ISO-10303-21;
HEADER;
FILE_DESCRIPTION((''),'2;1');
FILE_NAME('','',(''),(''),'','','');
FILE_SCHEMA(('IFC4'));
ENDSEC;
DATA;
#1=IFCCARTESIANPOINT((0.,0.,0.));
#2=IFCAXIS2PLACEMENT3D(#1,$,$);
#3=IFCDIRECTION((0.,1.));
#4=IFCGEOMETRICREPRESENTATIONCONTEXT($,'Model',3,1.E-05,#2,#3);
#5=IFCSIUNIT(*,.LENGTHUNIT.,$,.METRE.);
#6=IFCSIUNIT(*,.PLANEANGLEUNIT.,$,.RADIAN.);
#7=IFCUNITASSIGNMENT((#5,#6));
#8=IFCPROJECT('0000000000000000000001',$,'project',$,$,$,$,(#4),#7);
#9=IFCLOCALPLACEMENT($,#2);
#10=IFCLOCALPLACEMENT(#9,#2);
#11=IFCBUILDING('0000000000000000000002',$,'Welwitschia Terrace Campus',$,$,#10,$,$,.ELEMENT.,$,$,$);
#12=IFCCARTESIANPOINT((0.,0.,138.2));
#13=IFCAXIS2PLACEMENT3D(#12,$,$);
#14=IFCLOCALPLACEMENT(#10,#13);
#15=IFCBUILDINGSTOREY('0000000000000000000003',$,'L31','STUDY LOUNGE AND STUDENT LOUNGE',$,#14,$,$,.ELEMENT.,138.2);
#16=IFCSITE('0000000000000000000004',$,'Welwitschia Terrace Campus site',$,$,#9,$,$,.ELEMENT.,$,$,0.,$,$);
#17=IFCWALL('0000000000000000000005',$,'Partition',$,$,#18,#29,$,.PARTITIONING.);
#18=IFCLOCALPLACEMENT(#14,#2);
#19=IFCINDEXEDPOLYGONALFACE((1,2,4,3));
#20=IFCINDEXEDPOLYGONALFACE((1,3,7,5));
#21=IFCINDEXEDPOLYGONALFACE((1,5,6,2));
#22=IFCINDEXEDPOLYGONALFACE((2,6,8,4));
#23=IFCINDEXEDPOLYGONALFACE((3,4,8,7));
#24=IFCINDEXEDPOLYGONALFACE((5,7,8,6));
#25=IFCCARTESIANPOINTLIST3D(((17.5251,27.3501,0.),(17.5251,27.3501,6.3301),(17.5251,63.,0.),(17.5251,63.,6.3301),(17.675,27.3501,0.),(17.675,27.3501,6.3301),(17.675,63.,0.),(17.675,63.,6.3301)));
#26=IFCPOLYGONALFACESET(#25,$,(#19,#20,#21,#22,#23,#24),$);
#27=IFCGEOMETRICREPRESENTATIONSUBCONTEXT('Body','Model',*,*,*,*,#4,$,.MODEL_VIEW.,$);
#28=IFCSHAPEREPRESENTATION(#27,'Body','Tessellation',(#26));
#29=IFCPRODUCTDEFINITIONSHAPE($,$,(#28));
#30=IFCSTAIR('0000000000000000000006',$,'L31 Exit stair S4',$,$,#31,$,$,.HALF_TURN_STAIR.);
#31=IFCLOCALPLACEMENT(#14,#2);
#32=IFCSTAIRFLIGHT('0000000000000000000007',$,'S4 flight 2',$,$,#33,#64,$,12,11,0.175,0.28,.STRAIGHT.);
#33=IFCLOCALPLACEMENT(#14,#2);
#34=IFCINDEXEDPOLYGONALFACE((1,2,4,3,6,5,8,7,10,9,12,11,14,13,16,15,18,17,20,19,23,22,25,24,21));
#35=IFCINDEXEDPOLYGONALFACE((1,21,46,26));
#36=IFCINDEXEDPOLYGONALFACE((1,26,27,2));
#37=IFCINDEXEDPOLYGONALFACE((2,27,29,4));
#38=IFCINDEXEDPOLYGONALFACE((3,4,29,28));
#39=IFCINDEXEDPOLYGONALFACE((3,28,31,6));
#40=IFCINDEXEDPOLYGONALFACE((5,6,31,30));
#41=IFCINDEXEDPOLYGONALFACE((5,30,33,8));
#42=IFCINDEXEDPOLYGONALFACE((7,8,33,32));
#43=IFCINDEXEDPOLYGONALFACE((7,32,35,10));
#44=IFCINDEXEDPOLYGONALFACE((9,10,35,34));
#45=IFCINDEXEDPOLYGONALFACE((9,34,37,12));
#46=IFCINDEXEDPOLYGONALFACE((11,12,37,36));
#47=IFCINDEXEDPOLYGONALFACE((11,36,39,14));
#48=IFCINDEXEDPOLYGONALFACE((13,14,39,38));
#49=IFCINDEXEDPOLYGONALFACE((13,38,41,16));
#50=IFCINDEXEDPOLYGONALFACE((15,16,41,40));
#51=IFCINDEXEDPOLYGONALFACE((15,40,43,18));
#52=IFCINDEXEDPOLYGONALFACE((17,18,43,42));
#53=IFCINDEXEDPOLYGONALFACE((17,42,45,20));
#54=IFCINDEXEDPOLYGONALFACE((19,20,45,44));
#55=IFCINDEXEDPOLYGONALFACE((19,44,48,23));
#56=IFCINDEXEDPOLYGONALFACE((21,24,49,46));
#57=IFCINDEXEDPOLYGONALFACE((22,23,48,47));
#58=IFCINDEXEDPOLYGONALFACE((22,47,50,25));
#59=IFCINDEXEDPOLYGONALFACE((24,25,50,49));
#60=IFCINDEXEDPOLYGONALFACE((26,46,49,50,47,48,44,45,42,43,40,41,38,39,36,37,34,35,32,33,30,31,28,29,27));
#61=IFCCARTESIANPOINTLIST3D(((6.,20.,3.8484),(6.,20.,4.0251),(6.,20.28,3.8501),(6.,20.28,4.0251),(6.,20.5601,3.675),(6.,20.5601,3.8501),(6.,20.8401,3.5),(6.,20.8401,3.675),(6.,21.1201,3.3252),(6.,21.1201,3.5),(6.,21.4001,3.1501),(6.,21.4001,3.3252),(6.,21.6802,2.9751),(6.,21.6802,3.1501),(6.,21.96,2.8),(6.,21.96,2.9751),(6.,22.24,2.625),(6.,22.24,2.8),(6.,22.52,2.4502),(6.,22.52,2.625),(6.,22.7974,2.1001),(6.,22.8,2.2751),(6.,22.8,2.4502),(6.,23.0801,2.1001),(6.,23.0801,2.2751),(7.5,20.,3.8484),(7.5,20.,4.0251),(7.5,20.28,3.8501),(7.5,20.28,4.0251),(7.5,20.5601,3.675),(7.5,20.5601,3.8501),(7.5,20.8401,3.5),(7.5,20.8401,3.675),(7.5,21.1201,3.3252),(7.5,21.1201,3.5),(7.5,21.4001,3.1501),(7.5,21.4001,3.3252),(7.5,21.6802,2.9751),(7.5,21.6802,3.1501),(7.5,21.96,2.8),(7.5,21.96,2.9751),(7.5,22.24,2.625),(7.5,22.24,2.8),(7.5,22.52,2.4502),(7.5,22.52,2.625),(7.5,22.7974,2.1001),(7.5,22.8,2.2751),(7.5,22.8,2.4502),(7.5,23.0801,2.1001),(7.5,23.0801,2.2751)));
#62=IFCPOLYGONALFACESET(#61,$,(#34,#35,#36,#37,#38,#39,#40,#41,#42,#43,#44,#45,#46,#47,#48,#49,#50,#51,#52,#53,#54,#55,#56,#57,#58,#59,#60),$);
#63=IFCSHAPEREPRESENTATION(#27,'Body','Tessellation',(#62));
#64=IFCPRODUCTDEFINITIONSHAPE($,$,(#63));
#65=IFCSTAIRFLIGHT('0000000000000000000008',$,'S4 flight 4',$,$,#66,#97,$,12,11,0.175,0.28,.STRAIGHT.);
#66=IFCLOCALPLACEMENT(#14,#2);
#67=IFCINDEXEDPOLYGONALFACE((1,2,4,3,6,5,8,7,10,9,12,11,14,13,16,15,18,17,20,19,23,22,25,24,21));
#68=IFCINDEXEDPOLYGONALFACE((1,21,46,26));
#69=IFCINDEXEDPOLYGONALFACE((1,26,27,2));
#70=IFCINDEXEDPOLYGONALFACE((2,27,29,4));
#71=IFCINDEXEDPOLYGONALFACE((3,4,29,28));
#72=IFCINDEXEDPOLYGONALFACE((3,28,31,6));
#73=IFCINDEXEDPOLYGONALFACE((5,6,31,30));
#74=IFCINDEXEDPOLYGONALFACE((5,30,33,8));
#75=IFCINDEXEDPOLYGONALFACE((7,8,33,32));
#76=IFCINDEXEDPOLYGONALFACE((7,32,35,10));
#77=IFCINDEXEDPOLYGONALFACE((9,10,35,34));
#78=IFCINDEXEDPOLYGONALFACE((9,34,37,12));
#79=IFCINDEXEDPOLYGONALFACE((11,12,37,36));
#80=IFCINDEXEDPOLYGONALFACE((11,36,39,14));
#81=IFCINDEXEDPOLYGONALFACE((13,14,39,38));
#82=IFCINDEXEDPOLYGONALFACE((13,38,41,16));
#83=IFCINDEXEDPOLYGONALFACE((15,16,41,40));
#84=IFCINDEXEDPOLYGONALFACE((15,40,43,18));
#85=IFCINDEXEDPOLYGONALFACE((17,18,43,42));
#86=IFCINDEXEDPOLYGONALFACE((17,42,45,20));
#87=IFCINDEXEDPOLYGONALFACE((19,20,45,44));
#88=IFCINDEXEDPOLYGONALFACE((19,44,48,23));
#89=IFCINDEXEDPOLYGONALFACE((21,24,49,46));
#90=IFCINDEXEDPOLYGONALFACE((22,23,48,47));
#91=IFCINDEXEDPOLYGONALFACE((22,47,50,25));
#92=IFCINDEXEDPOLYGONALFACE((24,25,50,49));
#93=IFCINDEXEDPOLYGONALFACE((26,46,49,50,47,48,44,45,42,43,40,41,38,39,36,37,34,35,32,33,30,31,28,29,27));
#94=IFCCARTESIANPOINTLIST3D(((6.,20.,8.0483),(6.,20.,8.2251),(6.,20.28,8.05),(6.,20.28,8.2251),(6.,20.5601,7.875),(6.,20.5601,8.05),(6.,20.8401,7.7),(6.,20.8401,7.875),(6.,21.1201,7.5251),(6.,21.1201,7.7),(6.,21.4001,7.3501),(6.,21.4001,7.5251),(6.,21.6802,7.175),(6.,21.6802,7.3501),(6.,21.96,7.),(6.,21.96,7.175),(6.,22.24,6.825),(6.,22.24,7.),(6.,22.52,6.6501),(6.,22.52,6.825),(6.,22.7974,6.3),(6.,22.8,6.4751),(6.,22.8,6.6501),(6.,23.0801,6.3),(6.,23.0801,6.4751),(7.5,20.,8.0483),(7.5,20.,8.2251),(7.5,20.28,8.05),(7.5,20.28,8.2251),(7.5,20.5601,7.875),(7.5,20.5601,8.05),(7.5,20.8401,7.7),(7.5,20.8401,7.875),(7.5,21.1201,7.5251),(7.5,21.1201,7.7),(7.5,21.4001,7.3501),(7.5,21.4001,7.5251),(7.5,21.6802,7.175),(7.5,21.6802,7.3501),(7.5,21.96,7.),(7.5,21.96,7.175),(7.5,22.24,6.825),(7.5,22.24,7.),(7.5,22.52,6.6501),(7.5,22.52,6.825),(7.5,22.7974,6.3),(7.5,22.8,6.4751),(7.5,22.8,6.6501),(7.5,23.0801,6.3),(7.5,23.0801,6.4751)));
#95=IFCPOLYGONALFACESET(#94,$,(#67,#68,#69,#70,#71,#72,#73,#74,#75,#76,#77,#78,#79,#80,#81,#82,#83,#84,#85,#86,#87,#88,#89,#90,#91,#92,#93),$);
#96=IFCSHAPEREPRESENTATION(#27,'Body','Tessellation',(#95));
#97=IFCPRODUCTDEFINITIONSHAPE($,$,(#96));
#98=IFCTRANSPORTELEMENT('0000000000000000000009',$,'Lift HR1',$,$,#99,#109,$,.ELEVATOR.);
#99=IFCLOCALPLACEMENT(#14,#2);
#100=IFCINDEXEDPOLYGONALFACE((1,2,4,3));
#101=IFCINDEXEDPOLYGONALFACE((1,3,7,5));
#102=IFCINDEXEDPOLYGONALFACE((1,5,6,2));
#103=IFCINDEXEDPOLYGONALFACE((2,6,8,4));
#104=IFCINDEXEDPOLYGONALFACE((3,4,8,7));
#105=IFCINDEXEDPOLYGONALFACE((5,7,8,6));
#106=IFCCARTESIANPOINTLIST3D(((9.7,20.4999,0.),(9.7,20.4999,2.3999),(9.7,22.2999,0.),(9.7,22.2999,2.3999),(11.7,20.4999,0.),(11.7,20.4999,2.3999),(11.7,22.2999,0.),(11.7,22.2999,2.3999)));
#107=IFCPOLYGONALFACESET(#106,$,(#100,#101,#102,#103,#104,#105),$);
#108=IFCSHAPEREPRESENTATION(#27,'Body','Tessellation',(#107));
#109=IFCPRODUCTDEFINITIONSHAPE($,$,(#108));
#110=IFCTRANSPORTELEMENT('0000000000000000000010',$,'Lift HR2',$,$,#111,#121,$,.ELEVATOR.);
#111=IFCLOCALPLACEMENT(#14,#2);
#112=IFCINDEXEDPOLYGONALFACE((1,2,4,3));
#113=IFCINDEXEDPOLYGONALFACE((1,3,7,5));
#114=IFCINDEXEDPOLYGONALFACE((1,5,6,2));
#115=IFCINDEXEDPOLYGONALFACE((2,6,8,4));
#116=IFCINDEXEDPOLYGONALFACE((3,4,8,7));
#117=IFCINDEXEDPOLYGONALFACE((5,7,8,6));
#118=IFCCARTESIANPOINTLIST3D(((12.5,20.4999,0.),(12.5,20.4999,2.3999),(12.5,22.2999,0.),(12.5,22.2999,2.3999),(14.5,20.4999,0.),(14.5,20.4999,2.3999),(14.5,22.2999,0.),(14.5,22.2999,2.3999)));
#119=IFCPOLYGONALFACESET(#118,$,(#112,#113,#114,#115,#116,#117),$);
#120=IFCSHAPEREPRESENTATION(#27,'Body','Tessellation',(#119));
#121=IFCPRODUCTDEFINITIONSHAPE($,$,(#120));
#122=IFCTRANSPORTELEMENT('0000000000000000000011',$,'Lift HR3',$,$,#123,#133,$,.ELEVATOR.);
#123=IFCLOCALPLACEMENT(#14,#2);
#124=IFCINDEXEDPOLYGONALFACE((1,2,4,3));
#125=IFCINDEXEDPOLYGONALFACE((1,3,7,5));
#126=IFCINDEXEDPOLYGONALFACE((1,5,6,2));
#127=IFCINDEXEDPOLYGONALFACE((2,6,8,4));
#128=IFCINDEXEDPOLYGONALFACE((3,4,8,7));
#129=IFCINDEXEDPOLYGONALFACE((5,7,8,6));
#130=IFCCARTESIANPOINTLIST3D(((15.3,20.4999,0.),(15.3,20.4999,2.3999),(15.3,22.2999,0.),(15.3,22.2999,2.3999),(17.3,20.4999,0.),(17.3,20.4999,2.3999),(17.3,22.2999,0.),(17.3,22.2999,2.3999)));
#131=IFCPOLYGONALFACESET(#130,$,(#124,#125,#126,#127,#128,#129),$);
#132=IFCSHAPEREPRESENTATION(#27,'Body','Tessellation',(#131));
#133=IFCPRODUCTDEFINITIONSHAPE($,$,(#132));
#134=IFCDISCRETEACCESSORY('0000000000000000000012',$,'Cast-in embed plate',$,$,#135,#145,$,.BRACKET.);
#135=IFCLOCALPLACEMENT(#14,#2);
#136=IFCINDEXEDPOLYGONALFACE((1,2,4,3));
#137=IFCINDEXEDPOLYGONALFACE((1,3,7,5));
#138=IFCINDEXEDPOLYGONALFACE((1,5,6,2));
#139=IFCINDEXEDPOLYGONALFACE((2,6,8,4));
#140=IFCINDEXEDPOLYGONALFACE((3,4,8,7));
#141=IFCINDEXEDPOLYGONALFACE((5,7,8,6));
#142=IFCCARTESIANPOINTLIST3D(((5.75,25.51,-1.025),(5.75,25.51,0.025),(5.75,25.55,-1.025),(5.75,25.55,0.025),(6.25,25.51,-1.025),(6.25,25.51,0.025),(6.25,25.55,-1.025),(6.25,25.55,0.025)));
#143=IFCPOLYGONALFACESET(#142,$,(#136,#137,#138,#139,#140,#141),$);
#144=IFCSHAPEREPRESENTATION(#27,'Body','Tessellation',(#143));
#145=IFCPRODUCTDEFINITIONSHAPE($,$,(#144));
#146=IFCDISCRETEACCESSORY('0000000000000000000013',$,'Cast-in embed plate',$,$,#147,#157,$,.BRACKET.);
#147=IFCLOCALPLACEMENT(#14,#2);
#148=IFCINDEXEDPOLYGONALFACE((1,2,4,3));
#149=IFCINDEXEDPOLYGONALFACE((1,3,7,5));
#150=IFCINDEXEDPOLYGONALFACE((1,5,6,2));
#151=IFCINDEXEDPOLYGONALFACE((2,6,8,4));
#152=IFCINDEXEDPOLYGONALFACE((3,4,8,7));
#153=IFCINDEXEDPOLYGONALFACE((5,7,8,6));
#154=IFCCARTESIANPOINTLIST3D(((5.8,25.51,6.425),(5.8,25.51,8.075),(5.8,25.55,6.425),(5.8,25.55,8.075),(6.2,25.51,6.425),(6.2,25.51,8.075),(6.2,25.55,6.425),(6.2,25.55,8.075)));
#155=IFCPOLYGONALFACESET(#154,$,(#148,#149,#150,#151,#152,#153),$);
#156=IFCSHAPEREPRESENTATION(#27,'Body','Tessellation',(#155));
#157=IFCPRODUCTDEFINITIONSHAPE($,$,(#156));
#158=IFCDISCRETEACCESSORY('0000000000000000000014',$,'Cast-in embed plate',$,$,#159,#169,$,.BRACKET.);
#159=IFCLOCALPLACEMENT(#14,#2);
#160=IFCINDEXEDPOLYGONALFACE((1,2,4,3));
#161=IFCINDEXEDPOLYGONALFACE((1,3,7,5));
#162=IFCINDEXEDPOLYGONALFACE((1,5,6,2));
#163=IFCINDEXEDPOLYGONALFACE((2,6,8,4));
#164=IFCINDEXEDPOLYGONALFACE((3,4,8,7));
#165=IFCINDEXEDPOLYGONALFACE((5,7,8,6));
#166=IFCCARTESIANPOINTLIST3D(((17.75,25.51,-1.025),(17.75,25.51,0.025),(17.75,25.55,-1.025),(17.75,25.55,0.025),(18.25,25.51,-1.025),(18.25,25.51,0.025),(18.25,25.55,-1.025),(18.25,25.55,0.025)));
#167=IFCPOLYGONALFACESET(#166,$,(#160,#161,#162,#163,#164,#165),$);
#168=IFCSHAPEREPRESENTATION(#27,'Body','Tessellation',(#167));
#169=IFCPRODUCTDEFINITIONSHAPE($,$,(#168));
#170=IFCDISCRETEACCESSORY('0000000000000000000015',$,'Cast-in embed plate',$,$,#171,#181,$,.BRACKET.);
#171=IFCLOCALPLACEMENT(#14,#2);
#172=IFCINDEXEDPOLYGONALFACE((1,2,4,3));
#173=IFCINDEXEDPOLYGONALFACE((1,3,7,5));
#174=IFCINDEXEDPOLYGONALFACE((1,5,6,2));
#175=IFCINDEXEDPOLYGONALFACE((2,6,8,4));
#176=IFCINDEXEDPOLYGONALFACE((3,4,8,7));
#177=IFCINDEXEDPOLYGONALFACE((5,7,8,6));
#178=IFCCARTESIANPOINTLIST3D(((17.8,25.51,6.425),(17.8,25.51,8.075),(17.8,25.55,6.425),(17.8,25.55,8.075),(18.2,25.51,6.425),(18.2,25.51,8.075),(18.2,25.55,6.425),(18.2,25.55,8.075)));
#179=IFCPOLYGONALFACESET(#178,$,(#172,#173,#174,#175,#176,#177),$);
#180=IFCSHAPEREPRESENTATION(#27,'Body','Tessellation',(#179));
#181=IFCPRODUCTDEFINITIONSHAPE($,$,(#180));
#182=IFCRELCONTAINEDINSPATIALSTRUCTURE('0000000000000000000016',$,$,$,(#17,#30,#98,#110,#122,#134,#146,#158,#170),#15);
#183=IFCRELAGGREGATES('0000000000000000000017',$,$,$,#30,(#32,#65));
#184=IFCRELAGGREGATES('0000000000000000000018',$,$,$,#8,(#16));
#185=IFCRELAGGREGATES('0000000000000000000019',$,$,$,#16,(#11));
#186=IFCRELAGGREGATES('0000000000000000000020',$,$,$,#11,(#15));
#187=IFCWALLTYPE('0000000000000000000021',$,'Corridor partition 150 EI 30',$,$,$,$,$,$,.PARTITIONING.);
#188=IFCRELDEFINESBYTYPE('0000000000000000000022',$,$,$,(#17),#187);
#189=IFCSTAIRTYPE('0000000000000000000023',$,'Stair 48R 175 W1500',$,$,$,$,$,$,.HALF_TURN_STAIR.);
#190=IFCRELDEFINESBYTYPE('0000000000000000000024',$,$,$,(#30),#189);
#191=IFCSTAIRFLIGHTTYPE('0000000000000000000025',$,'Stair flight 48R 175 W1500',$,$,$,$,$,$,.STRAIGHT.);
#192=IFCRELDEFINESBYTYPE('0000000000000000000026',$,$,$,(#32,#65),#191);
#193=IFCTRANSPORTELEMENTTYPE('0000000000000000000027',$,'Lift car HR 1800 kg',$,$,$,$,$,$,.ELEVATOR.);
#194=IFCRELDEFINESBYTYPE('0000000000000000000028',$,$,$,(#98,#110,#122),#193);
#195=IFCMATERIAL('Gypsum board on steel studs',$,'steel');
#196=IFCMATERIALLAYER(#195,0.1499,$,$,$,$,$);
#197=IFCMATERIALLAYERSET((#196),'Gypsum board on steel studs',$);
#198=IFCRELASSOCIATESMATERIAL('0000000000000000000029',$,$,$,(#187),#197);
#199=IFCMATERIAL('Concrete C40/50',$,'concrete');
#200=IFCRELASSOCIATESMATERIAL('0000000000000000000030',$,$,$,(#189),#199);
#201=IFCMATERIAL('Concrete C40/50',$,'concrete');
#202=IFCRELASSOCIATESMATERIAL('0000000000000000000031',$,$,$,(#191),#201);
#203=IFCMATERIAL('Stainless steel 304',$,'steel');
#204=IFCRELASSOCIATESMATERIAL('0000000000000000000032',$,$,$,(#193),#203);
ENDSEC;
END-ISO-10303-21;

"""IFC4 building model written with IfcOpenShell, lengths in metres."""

from ifc_helpers import new_model, si_unit, direction, frame, frame_2d, origin, origin_2d, place, context, subcontext, project, spatial, polyline, rectangle, outline, extrude, material, layer, layer_set, type_object, element, aggregate, save


model = new_model("IFC4")

# Units and contexts
model_context = context("Model", 3, precision=1e-05, world=origin(), true_north=direction((0.0, 1.0)))
body_context = subcontext(model_context, "Body", "Model", "MODEL_VIEW")
ifc_project = project(units=[si_unit("LENGTHUNIT", "METRE"), si_unit("PLANEANGLEUNIT", "RADIAN")], contexts=[model_context])

# Site, building, storey
site_placement = place(None, origin())
site = spatial("IfcSite", under=ifc_project, at=site_placement, Name="Welwitschia Terrace Campus site", CompositionType="ELEMENT", RefElevation=0.0)
building_placement = place(site_placement, origin())
building = spatial("IfcBuilding", under=site, at=building_placement, Name="Welwitschia Terrace Campus", CompositionType="ELEMENT")
storey_placement = place(building_placement, frame((0.0, 0.0, 138.2)))
storey = spatial("IfcBuildingStorey", under=building, at=storey_placement, Name="L31", Description="STUDY LOUNGE AND STUDENT LOUNGE", CompositionType="ELEMENT", Elevation=138.2)

# Shared definitions
ifc_material_1 = material(Name="Gypsum board on steel studs", Category="steel")
ifc_layer_1 = layer(ifc_material_1, 0.1499)
ifc_layer_set_1 = layer_set([ifc_layer_1], Name="Gypsum board on steel studs")
wall_type_1 = type_object("IfcWallType", Name="Corridor partition 150 EI 30", PredefinedType="PARTITIONING", material=ifc_layer_set_1)

# Wall
wall_1_placement = place(storey_placement, frame((17.6001, 27.3501, 0.0), z_axis=(0.0, 0.0, 1.0), x_axis=(0.0, 1.0, 0.0)))
element("IfcWall", 1, at=wall_1_placement, inside=storey, type_object=wall_type_1, Name="Partition", PredefinedType="PARTITIONING", context=body_context, shape_type="SweptSolid", body=[
    extrude(rectangle(XDim=35.6499, YDim=0.1499, at=frame_2d((17.825, 0.0))), origin(), (0.0, 0.0, 1.0), 6.3301),
])

# Stair, stair flights
ifc_material_2 = material(Name="Concrete C40/50", Category="concrete")
stair_type = type_object("IfcStairType", Name="Stair 48R 175 W1500", PredefinedType="HALF_TURN_STAIR", material=ifc_material_2)
stair_placement = place(storey_placement, origin())
stair = element("IfcStair", 2, at=stair_placement, inside=storey, type_object=stair_type, Name="L31 Exit stair S4", PredefinedType="HALF_TURN_STAIR")
ifc_material_3 = material(Name="Concrete C40/50", Category="concrete")
stair_flight_type = type_object("IfcStairFlightType", Name="Stair flight 48R 175 W1500", PredefinedType="STRAIGHT", material=ifc_material_3)
stair_flight_1_placement = place(storey_placement, frame((6.75, 23.0801, 2.1001), z_axis=(0.0, 0.0, 1.0), x_axis=(0.0, -1.0, 0.0)))
stair_flight_1 = element("IfcStairFlight", 3, at=stair_flight_1_placement, type_object=stair_flight_type, Name="S4 flight 2", NumberOfRisers=12, NumberOfTreads=11, PredefinedType="STRAIGHT", RiserHeight=0.175, TreadLength=0.28, context=body_context, shape_type="SweptSolid", body=[
    extrude(outline(polyline([(0.0, 0.0), (0.0, 0.175), (0.28, 0.175), (0.28, 0.3501), (0.5601, 0.3501), (0.5601, 0.5249), (0.8401, 0.5249), (0.8401, 0.7), (1.1201, 0.7), (1.1201, 0.875), (1.3999, 0.875), (1.3999, 1.05), (1.6799, 1.05), (1.6799, 1.2251), (1.96, 1.2251), (1.96, 1.3999), (2.24, 1.3999), (2.24, 1.575), (2.52, 1.575), (2.52, 1.75), (2.8, 1.75), (2.8, 1.925), (3.0801, 1.925), (3.0801, 2.1001), (3.0801, 1.7483), (0.2827, 0.0), (0.0, 0.0)])), frame((0.0, 0.75, 0.0), z_axis=(0.0, -1.0, 0.0), x_axis=(1.0, 0.0, 0.0)), (0.0, 0.0, 1.0), 1.5),
])
stair_flight_2_placement = place(storey_placement, frame((6.75, 23.0801, 6.3), z_axis=(0.0, 0.0, 1.0), x_axis=(0.0, -1.0, 0.0)))
stair_flight_2 = element("IfcStairFlight", 4, at=stair_flight_2_placement, type_object=stair_flight_type, Name="S4 flight 4", NumberOfRisers=12, NumberOfTreads=11, PredefinedType="STRAIGHT", RiserHeight=0.175, TreadLength=0.28, context=body_context, shape_type="SweptSolid", body=[
    extrude(outline(polyline([(0.0, 0.0), (0.0, 0.175), (0.28, 0.175), (0.28, 0.3501), (0.5601, 0.3501), (0.5601, 0.5249), (0.8401, 0.5249), (0.8401, 0.7), (1.1201, 0.7), (1.1201, 0.875), (1.3999, 0.875), (1.3999, 1.05), (1.6799, 1.05), (1.6799, 1.2251), (1.96, 1.2251), (1.96, 1.3999), (2.24, 1.3999), (2.24, 1.575), (2.52, 1.575), (2.52, 1.75), (2.8, 1.75), (2.8, 1.925), (3.0801, 1.925), (3.0801, 2.1001), (3.0801, 1.7483), (0.2827, 0.0), (0.0, 0.0)])), frame((0.0, 0.75, 0.0), z_axis=(0.0, -1.0, 0.0), x_axis=(1.0, 0.0, 0.0)), (0.0, 0.0, 1.0), 1.5),
])
aggregate(stair, [stair_flight_1, stair_flight_2])

# Transport elements
ifc_material_4 = material(Name="Stainless steel 304", Category="steel")
transport_element_type = type_object("IfcTransportElementType", Name="Lift car HR 1800 kg", PredefinedType="ELEVATOR", material=ifc_material_4)
for number, where, z_axis, x_axis, name in (
    (5, (10.7, 21.3999, 0.0), (0.0, 0.0, 1.0), (1.0, 0.0, 0.0), "Lift HR1"),
    (6, (13.5, 21.3999, 0.0), (0.0, 0.0, 1.0), (1.0, 0.0, 0.0), "Lift HR2"),
    (7, (16.3, 21.3999, 0.0), (0.0, 0.0, 1.0), (1.0, 0.0, 0.0), "Lift HR3"),
):
    element("IfcTransportElement", number, at=place(storey_placement, frame(where, z_axis=z_axis, x_axis=x_axis)), inside=storey, type_object=transport_element_type, Name=name, PredefinedType="ELEVATOR", context=body_context, shape_type="SweptSolid", body=[
        extrude(rectangle(XDim=2.0, YDim=1.8, at=origin_2d()), origin(), (0.0, 0.0, 1.0), 2.3999),
    ])

# Discrete accessories
discrete_accessory_1_placement = place(storey_placement, frame((6.0, 25.55, -0.5), z_axis=(0.0, -1.0, 0.0), x_axis=(1.0, 0.0, 0.0)))
element("IfcDiscreteAccessory", 8, at=discrete_accessory_1_placement, inside=storey, Name="Cast-in embed plate", PredefinedType="BRACKET", context=body_context, shape_type="SweptSolid", body=[
    extrude(rectangle(XDim=0.5, YDim=1.05, at=origin_2d()), origin(), (0.0, 0.0, 1.0), 0.04),
])
discrete_accessory_2_placement = place(storey_placement, frame((6.0, 25.55, 7.25), z_axis=(0.0, -1.0, 0.0), x_axis=(1.0, 0.0, 0.0)))
element("IfcDiscreteAccessory", 9, at=discrete_accessory_2_placement, inside=storey, Name="Cast-in embed plate", PredefinedType="BRACKET", context=body_context, shape_type="SweptSolid", body=[
    extrude(rectangle(XDim=0.3999, YDim=1.6499, at=origin_2d()), origin(), (0.0, 0.0, 1.0), 0.04),
])
discrete_accessory_3_placement = place(storey_placement, frame((18.0, 25.55, -0.5), z_axis=(0.0, -1.0, 0.0), x_axis=(1.0, 0.0, 0.0)))
element("IfcDiscreteAccessory", 10, at=discrete_accessory_3_placement, inside=storey, Name="Cast-in embed plate", PredefinedType="BRACKET", context=body_context, shape_type="SweptSolid", body=[
    extrude(rectangle(XDim=0.5, YDim=1.05, at=origin_2d()), origin(), (0.0, 0.0, 1.0), 0.04),
])
discrete_accessory_4_placement = place(storey_placement, frame((18.0, 25.55, 7.25), z_axis=(0.0, -1.0, 0.0), x_axis=(1.0, 0.0, 0.0)))
element("IfcDiscreteAccessory", 11, at=discrete_accessory_4_placement, inside=storey, Name="Cast-in embed plate", PredefinedType="BRACKET", context=body_context, shape_type="SweptSolid", body=[
    extrude(rectangle(XDim=0.3999, YDim=1.6499, at=origin_2d()), origin(), (0.0, 0.0, 1.0), 0.04),
])

save(model, "model.ifc")
